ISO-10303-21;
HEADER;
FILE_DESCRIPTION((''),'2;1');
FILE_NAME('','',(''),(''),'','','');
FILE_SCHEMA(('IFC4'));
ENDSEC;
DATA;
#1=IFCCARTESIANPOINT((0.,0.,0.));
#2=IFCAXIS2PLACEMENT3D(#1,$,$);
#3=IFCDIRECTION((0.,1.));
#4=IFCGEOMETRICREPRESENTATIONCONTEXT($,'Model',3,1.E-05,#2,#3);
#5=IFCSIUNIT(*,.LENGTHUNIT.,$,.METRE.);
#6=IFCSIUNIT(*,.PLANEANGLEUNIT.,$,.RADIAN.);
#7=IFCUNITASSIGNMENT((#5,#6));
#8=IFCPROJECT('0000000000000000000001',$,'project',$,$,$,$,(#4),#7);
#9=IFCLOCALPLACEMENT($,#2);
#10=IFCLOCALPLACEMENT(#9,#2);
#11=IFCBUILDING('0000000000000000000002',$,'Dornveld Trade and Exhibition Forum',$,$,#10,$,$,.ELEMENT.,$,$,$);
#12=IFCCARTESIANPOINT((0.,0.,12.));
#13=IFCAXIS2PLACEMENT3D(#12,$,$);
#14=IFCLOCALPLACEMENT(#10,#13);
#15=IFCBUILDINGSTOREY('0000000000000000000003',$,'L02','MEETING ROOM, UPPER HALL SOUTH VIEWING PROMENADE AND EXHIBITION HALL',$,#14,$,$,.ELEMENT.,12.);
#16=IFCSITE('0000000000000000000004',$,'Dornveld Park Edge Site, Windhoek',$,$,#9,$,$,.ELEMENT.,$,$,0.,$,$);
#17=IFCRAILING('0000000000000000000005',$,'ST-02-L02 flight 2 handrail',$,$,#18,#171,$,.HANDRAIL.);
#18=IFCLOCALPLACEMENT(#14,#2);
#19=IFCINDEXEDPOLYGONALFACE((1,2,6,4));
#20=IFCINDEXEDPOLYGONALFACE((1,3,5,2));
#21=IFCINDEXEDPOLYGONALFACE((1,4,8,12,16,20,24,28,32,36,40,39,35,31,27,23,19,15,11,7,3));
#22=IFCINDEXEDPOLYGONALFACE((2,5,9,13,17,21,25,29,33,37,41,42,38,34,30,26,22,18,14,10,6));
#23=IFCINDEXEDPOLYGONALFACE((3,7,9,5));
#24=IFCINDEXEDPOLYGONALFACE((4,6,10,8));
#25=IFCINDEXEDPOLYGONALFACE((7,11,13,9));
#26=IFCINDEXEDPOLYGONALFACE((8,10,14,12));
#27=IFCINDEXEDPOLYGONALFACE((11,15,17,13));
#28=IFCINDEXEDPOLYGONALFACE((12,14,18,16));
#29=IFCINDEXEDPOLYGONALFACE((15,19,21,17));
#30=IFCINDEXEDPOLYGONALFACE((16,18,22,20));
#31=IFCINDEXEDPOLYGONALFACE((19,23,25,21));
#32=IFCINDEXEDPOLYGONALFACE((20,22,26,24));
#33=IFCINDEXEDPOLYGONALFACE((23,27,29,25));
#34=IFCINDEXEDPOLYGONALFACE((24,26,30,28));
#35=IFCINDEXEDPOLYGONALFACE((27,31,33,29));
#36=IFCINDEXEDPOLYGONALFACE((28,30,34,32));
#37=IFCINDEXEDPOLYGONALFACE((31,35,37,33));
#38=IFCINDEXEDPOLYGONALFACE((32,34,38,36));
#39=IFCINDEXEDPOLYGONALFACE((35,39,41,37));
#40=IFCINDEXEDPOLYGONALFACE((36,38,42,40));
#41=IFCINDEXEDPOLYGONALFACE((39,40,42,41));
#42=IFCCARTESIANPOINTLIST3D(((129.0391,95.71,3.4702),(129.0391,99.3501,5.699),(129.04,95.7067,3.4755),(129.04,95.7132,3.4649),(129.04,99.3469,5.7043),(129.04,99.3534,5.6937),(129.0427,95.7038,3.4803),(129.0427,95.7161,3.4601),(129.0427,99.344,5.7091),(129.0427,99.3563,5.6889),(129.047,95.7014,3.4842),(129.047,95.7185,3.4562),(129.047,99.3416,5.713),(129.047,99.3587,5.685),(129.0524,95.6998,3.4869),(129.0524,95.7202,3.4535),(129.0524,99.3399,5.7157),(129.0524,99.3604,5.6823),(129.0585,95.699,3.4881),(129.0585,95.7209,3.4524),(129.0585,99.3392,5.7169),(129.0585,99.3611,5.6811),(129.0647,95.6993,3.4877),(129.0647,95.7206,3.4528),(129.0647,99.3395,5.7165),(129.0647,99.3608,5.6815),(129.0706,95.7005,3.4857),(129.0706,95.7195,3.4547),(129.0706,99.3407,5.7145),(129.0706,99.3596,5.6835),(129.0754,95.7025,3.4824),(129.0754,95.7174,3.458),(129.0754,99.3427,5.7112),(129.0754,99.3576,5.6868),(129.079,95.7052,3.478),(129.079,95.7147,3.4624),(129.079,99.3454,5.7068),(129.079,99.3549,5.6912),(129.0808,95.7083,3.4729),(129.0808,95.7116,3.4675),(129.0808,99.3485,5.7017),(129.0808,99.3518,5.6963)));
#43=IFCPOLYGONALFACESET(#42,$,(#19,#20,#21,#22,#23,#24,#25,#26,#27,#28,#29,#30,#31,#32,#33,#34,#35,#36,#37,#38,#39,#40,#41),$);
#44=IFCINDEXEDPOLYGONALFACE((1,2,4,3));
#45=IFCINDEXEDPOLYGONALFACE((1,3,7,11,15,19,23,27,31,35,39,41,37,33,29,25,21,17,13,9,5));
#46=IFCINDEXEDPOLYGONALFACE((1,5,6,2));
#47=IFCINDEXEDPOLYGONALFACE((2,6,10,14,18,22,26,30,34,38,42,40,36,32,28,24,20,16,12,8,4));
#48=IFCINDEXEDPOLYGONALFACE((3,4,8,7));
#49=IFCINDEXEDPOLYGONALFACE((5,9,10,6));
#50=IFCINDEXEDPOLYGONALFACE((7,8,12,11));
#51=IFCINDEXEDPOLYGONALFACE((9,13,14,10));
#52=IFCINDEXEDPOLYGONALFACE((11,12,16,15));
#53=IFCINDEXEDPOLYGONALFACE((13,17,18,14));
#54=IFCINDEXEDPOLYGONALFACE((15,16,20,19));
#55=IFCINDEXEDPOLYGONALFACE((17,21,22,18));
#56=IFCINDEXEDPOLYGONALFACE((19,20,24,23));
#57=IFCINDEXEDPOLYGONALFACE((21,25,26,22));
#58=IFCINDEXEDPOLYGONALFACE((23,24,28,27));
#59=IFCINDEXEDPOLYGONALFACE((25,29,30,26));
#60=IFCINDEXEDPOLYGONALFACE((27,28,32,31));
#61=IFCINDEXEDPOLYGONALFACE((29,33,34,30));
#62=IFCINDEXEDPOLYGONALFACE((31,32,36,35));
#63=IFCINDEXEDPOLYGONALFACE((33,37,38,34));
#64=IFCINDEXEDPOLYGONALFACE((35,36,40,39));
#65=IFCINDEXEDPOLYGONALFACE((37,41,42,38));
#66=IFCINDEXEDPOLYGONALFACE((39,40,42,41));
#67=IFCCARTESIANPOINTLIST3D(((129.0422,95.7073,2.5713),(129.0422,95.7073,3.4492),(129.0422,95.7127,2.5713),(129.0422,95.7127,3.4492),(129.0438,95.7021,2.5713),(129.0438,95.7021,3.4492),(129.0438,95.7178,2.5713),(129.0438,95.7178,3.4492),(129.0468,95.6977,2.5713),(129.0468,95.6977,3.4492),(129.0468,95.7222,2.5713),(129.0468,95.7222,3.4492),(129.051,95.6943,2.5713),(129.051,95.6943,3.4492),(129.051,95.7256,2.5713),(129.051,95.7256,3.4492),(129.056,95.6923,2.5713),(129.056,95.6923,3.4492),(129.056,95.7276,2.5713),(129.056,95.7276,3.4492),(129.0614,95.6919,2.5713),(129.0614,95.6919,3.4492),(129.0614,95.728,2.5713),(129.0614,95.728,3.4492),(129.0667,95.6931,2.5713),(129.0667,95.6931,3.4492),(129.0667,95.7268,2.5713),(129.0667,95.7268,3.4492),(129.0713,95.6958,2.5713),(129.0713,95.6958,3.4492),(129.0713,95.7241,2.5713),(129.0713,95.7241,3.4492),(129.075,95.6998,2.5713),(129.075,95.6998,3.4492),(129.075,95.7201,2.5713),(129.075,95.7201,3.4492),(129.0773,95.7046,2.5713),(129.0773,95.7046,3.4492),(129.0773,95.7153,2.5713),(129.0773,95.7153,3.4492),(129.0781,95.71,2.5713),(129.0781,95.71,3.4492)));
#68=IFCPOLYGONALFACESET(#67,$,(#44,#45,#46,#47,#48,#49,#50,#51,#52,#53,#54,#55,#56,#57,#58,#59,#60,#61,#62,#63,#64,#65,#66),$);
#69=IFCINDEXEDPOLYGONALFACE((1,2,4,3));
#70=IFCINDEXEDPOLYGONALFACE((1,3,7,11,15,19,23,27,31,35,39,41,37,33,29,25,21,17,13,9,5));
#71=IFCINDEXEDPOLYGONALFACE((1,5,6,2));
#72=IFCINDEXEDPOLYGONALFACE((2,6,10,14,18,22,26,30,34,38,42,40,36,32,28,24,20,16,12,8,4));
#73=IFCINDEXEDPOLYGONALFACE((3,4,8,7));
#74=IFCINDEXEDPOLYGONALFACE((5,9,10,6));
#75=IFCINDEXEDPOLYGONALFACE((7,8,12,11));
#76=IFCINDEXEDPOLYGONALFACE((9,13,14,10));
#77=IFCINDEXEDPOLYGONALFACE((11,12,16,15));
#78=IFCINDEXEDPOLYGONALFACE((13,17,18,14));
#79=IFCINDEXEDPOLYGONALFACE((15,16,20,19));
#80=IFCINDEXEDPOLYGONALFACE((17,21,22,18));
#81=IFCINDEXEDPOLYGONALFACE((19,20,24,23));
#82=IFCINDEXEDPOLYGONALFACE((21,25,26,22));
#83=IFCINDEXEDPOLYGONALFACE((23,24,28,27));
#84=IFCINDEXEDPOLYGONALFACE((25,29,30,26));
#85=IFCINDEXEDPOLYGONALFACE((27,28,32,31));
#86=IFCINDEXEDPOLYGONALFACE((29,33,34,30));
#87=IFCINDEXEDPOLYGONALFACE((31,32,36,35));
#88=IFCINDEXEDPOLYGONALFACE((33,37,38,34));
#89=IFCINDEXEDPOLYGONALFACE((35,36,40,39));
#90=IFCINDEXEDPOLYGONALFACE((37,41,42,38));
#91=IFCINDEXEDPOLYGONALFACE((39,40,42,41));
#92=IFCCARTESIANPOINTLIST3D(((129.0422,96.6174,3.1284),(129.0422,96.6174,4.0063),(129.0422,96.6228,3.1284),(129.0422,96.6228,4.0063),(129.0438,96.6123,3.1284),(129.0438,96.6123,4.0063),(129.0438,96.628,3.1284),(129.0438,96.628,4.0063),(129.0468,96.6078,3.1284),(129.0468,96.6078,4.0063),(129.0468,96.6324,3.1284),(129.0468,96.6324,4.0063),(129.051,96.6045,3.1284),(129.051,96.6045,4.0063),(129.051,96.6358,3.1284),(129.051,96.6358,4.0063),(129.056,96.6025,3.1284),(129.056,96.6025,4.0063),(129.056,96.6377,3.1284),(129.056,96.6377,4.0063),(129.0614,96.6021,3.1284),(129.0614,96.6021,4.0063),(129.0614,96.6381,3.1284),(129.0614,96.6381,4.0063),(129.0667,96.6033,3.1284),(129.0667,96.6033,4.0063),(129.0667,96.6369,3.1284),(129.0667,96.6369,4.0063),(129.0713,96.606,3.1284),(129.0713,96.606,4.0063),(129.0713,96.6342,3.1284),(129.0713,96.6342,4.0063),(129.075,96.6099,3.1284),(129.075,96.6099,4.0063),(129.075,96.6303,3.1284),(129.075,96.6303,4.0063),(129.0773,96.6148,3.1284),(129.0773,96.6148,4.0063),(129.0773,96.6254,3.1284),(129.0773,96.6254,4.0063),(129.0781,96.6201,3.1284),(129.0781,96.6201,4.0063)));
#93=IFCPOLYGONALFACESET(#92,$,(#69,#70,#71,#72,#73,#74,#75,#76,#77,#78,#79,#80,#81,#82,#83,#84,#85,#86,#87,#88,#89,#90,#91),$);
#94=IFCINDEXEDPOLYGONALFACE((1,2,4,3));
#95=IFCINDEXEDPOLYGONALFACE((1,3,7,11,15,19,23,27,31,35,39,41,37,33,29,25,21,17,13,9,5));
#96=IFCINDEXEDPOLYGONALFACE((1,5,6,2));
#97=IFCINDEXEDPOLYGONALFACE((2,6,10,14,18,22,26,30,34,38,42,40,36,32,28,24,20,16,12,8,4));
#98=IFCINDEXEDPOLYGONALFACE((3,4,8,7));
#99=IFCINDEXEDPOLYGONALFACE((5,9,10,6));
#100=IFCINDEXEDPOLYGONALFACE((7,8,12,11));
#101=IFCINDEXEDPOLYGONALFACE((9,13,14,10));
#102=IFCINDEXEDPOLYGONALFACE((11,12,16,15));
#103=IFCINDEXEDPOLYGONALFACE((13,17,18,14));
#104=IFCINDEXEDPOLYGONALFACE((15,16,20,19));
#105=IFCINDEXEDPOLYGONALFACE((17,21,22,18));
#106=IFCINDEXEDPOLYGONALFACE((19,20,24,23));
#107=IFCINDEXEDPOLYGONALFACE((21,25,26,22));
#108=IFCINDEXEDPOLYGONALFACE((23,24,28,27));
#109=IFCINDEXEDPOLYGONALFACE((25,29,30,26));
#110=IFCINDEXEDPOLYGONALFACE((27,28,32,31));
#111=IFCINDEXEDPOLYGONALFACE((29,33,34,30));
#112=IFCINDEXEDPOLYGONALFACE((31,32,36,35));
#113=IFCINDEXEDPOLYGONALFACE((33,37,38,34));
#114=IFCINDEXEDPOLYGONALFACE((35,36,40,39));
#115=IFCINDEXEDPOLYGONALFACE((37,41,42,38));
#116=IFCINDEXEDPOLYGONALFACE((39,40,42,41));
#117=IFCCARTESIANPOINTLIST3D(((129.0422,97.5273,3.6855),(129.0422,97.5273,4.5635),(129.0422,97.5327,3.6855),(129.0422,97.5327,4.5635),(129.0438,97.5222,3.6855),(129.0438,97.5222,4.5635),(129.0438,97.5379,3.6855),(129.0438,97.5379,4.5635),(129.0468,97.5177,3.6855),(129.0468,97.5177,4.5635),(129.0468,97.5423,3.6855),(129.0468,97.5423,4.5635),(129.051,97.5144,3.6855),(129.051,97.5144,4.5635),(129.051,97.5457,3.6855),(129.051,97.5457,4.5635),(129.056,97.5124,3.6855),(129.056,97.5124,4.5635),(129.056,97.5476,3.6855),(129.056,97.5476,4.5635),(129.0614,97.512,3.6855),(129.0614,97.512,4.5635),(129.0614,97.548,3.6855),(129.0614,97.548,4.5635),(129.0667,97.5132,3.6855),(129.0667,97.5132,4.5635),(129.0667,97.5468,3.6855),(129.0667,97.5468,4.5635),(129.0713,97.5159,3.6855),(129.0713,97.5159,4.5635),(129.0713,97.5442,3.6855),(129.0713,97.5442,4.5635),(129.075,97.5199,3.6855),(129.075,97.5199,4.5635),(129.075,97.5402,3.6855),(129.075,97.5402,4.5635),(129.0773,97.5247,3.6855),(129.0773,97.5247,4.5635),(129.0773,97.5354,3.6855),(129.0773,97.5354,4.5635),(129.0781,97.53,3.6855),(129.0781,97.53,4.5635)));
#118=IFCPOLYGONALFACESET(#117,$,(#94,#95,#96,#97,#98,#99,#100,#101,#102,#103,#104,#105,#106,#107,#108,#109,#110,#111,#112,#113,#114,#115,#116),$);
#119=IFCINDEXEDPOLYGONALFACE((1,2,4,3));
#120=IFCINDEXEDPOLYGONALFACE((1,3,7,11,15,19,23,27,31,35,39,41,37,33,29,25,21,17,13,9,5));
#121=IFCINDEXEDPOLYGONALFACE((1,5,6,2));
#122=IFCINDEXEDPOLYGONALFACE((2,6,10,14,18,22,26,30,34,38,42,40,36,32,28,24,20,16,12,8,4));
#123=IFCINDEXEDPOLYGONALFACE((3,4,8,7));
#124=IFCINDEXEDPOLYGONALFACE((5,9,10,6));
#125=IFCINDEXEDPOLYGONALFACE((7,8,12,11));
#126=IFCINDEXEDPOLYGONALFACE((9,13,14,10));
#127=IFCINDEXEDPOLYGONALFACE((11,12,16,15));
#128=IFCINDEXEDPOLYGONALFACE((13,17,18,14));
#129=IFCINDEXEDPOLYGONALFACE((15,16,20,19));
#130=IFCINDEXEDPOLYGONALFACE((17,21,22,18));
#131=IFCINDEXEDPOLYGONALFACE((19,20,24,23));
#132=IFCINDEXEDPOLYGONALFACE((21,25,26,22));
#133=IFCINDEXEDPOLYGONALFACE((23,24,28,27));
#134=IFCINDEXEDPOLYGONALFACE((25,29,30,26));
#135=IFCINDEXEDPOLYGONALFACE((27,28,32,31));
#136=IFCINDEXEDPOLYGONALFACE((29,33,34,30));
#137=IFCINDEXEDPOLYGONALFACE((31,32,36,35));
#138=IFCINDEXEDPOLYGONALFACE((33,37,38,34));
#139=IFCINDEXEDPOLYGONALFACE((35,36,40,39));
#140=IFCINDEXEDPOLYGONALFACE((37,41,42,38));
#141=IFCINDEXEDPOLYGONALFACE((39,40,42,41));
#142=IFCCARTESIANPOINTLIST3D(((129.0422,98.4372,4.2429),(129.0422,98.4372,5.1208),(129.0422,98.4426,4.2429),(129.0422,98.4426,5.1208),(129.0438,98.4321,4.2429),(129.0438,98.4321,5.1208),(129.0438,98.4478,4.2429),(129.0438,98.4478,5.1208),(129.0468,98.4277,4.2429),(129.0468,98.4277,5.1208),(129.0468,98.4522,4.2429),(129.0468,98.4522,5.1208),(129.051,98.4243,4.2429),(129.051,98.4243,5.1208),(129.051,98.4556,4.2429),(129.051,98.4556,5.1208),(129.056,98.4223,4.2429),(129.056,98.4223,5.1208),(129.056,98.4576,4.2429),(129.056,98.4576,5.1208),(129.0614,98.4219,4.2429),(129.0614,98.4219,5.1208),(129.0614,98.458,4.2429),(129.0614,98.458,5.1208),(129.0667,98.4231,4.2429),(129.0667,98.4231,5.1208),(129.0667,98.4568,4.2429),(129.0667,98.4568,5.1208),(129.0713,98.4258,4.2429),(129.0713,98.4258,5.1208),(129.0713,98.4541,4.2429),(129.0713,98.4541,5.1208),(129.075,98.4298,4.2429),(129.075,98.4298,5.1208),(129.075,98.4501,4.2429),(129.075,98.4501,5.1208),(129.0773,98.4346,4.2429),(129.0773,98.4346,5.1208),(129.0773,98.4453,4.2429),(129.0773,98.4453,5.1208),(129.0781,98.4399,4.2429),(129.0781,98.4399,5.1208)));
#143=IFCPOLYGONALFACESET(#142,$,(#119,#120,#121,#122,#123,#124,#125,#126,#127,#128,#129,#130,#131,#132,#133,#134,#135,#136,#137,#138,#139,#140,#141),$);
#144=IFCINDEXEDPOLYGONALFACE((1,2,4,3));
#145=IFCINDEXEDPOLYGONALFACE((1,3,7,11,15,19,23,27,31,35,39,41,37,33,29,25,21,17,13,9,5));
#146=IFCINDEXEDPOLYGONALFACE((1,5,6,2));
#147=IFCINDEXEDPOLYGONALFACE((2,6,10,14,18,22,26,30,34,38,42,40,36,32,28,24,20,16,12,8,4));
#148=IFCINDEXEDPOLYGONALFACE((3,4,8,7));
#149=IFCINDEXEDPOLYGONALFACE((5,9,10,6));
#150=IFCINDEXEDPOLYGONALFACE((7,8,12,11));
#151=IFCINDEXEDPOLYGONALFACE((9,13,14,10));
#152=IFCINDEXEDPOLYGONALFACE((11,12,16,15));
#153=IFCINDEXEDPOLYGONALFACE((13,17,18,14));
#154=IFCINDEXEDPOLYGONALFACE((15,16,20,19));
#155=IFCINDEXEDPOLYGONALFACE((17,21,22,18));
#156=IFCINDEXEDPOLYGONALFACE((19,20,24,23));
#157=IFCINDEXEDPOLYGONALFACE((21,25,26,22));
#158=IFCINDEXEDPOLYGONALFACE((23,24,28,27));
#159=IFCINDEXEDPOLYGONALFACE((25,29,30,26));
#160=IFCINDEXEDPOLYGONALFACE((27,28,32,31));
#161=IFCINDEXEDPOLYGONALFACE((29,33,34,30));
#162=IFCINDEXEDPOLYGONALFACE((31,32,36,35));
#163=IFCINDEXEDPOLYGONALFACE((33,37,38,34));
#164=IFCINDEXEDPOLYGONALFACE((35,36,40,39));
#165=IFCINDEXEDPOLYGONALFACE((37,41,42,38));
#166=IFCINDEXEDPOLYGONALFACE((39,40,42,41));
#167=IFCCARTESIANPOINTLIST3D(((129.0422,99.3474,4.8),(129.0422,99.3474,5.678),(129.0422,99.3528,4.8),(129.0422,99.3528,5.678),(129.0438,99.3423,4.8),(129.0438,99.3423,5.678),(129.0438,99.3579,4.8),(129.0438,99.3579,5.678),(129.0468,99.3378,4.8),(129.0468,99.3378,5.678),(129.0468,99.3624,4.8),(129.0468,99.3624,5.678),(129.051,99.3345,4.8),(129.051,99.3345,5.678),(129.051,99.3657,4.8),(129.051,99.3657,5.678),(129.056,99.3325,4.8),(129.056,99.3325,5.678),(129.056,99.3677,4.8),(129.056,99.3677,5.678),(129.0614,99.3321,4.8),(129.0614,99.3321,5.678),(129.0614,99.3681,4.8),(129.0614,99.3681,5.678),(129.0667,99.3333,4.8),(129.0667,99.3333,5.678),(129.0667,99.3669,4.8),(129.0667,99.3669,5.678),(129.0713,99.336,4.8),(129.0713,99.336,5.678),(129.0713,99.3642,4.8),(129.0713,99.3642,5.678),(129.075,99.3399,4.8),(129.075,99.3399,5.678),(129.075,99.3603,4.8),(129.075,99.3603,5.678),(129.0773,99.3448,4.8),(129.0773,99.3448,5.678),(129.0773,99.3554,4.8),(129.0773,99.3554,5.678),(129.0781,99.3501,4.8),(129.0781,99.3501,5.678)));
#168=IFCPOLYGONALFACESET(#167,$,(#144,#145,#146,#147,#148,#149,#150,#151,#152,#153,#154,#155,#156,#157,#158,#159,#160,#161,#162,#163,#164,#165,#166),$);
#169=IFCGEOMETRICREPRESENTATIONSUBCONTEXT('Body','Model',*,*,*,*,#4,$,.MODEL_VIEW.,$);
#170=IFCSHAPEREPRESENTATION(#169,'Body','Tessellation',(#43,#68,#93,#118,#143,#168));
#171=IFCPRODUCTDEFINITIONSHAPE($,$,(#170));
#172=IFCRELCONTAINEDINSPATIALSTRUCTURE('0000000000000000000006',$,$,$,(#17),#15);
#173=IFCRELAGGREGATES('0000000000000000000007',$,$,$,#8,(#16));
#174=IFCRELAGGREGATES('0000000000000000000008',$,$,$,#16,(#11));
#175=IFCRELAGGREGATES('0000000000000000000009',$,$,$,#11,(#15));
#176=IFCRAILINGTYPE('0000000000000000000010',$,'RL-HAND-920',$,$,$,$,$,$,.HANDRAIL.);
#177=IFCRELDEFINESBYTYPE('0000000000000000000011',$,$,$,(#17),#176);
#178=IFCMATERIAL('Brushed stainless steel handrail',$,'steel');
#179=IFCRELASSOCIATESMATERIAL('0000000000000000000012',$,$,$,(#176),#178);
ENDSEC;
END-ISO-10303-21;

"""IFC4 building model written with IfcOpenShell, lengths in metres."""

from ifc_helpers import new_model, si_unit, direction, frame, origin, origin_2d, place, context, subcontext, project, spatial, circle, extrude, material, type_object, element, save


model = new_model("IFC4")

# Units and contexts
model_context = context("Model", 3, precision=1e-05, world=origin(), true_north=direction((0.0, 1.0)))
body_context = subcontext(model_context, "Body", "Model", "MODEL_VIEW")
ifc_project = project(units=[si_unit("LENGTHUNIT", "METRE"), si_unit("PLANEANGLEUNIT", "RADIAN")], contexts=[model_context])

# Site, building, storey
site_placement = place(None, origin())
site = spatial("IfcSite", under=ifc_project, at=site_placement, Name="Dornveld Park Edge Site, Windhoek", CompositionType="ELEMENT", RefElevation=0.0)
building_placement = place(site_placement, origin())
building = spatial("IfcBuilding", under=site, at=building_placement, Name="Dornveld Trade and Exhibition Forum", CompositionType="ELEMENT")
storey_placement = place(building_placement, frame((0.0, 0.0, 12.0)))
storey = spatial("IfcBuildingStorey", under=building, at=storey_placement, Name="L02", Description="MEETING ROOM, UPPER HALL SOUTH VIEWING PROMENADE AND EXHIBITION HALL", CompositionType="ELEMENT", Elevation=12.0)

# Railing
ifc_material_1 = material(Name="Brushed stainless steel handrail", Category="steel")
railing_type_1 = type_object("IfcRailingType", Name="RL-HAND-920", PredefinedType="HANDRAIL", material=ifc_material_1)
railing_1_placement = place(storey_placement, frame((129.0601, 95.71, 2.5713)))
element("IfcRailing", 1, at=railing_1_placement, inside=storey, type_object=railing_type_1, Name="ST-02-L02 flight 2 handrail", PredefinedType="HANDRAIL", context=body_context, shape_type="SweptSolid", body=[
    extrude(circle(Radius=0.021, at=origin_2d()), frame((0.0, 0.0, 0.8989), z_axis=(0.0, 0.85284, 0.522172), x_axis=(-1.0, 0.0, 0.0)), (0.0, 0.0, 1.0), 4.2683),
    extrude(circle(Radius=0.0181, at=origin_2d()), origin(), (0.0, 0.0, 1.0), 0.8779),
    extrude(circle(Radius=0.0181, at=origin_2d()), frame((0.0, 0.9102, 0.5571)), (0.0, 0.0, 1.0), 0.8779),
    extrude(circle(Radius=0.0181, at=origin_2d()), frame((0.0, 1.8201, 1.1143)), (0.0, 0.0, 1.0), 0.8779),
    extrude(circle(Radius=0.0181, at=origin_2d()), frame((0.0, 2.73, 1.6716)), (0.0, 0.0, 1.0), 0.8779),
    extrude(circle(Radius=0.0181, at=origin_2d()), frame((0.0, 3.6401, 2.2288)), (0.0, 0.0, 1.0), 0.8779),
])

save(model, "model.ifc")
